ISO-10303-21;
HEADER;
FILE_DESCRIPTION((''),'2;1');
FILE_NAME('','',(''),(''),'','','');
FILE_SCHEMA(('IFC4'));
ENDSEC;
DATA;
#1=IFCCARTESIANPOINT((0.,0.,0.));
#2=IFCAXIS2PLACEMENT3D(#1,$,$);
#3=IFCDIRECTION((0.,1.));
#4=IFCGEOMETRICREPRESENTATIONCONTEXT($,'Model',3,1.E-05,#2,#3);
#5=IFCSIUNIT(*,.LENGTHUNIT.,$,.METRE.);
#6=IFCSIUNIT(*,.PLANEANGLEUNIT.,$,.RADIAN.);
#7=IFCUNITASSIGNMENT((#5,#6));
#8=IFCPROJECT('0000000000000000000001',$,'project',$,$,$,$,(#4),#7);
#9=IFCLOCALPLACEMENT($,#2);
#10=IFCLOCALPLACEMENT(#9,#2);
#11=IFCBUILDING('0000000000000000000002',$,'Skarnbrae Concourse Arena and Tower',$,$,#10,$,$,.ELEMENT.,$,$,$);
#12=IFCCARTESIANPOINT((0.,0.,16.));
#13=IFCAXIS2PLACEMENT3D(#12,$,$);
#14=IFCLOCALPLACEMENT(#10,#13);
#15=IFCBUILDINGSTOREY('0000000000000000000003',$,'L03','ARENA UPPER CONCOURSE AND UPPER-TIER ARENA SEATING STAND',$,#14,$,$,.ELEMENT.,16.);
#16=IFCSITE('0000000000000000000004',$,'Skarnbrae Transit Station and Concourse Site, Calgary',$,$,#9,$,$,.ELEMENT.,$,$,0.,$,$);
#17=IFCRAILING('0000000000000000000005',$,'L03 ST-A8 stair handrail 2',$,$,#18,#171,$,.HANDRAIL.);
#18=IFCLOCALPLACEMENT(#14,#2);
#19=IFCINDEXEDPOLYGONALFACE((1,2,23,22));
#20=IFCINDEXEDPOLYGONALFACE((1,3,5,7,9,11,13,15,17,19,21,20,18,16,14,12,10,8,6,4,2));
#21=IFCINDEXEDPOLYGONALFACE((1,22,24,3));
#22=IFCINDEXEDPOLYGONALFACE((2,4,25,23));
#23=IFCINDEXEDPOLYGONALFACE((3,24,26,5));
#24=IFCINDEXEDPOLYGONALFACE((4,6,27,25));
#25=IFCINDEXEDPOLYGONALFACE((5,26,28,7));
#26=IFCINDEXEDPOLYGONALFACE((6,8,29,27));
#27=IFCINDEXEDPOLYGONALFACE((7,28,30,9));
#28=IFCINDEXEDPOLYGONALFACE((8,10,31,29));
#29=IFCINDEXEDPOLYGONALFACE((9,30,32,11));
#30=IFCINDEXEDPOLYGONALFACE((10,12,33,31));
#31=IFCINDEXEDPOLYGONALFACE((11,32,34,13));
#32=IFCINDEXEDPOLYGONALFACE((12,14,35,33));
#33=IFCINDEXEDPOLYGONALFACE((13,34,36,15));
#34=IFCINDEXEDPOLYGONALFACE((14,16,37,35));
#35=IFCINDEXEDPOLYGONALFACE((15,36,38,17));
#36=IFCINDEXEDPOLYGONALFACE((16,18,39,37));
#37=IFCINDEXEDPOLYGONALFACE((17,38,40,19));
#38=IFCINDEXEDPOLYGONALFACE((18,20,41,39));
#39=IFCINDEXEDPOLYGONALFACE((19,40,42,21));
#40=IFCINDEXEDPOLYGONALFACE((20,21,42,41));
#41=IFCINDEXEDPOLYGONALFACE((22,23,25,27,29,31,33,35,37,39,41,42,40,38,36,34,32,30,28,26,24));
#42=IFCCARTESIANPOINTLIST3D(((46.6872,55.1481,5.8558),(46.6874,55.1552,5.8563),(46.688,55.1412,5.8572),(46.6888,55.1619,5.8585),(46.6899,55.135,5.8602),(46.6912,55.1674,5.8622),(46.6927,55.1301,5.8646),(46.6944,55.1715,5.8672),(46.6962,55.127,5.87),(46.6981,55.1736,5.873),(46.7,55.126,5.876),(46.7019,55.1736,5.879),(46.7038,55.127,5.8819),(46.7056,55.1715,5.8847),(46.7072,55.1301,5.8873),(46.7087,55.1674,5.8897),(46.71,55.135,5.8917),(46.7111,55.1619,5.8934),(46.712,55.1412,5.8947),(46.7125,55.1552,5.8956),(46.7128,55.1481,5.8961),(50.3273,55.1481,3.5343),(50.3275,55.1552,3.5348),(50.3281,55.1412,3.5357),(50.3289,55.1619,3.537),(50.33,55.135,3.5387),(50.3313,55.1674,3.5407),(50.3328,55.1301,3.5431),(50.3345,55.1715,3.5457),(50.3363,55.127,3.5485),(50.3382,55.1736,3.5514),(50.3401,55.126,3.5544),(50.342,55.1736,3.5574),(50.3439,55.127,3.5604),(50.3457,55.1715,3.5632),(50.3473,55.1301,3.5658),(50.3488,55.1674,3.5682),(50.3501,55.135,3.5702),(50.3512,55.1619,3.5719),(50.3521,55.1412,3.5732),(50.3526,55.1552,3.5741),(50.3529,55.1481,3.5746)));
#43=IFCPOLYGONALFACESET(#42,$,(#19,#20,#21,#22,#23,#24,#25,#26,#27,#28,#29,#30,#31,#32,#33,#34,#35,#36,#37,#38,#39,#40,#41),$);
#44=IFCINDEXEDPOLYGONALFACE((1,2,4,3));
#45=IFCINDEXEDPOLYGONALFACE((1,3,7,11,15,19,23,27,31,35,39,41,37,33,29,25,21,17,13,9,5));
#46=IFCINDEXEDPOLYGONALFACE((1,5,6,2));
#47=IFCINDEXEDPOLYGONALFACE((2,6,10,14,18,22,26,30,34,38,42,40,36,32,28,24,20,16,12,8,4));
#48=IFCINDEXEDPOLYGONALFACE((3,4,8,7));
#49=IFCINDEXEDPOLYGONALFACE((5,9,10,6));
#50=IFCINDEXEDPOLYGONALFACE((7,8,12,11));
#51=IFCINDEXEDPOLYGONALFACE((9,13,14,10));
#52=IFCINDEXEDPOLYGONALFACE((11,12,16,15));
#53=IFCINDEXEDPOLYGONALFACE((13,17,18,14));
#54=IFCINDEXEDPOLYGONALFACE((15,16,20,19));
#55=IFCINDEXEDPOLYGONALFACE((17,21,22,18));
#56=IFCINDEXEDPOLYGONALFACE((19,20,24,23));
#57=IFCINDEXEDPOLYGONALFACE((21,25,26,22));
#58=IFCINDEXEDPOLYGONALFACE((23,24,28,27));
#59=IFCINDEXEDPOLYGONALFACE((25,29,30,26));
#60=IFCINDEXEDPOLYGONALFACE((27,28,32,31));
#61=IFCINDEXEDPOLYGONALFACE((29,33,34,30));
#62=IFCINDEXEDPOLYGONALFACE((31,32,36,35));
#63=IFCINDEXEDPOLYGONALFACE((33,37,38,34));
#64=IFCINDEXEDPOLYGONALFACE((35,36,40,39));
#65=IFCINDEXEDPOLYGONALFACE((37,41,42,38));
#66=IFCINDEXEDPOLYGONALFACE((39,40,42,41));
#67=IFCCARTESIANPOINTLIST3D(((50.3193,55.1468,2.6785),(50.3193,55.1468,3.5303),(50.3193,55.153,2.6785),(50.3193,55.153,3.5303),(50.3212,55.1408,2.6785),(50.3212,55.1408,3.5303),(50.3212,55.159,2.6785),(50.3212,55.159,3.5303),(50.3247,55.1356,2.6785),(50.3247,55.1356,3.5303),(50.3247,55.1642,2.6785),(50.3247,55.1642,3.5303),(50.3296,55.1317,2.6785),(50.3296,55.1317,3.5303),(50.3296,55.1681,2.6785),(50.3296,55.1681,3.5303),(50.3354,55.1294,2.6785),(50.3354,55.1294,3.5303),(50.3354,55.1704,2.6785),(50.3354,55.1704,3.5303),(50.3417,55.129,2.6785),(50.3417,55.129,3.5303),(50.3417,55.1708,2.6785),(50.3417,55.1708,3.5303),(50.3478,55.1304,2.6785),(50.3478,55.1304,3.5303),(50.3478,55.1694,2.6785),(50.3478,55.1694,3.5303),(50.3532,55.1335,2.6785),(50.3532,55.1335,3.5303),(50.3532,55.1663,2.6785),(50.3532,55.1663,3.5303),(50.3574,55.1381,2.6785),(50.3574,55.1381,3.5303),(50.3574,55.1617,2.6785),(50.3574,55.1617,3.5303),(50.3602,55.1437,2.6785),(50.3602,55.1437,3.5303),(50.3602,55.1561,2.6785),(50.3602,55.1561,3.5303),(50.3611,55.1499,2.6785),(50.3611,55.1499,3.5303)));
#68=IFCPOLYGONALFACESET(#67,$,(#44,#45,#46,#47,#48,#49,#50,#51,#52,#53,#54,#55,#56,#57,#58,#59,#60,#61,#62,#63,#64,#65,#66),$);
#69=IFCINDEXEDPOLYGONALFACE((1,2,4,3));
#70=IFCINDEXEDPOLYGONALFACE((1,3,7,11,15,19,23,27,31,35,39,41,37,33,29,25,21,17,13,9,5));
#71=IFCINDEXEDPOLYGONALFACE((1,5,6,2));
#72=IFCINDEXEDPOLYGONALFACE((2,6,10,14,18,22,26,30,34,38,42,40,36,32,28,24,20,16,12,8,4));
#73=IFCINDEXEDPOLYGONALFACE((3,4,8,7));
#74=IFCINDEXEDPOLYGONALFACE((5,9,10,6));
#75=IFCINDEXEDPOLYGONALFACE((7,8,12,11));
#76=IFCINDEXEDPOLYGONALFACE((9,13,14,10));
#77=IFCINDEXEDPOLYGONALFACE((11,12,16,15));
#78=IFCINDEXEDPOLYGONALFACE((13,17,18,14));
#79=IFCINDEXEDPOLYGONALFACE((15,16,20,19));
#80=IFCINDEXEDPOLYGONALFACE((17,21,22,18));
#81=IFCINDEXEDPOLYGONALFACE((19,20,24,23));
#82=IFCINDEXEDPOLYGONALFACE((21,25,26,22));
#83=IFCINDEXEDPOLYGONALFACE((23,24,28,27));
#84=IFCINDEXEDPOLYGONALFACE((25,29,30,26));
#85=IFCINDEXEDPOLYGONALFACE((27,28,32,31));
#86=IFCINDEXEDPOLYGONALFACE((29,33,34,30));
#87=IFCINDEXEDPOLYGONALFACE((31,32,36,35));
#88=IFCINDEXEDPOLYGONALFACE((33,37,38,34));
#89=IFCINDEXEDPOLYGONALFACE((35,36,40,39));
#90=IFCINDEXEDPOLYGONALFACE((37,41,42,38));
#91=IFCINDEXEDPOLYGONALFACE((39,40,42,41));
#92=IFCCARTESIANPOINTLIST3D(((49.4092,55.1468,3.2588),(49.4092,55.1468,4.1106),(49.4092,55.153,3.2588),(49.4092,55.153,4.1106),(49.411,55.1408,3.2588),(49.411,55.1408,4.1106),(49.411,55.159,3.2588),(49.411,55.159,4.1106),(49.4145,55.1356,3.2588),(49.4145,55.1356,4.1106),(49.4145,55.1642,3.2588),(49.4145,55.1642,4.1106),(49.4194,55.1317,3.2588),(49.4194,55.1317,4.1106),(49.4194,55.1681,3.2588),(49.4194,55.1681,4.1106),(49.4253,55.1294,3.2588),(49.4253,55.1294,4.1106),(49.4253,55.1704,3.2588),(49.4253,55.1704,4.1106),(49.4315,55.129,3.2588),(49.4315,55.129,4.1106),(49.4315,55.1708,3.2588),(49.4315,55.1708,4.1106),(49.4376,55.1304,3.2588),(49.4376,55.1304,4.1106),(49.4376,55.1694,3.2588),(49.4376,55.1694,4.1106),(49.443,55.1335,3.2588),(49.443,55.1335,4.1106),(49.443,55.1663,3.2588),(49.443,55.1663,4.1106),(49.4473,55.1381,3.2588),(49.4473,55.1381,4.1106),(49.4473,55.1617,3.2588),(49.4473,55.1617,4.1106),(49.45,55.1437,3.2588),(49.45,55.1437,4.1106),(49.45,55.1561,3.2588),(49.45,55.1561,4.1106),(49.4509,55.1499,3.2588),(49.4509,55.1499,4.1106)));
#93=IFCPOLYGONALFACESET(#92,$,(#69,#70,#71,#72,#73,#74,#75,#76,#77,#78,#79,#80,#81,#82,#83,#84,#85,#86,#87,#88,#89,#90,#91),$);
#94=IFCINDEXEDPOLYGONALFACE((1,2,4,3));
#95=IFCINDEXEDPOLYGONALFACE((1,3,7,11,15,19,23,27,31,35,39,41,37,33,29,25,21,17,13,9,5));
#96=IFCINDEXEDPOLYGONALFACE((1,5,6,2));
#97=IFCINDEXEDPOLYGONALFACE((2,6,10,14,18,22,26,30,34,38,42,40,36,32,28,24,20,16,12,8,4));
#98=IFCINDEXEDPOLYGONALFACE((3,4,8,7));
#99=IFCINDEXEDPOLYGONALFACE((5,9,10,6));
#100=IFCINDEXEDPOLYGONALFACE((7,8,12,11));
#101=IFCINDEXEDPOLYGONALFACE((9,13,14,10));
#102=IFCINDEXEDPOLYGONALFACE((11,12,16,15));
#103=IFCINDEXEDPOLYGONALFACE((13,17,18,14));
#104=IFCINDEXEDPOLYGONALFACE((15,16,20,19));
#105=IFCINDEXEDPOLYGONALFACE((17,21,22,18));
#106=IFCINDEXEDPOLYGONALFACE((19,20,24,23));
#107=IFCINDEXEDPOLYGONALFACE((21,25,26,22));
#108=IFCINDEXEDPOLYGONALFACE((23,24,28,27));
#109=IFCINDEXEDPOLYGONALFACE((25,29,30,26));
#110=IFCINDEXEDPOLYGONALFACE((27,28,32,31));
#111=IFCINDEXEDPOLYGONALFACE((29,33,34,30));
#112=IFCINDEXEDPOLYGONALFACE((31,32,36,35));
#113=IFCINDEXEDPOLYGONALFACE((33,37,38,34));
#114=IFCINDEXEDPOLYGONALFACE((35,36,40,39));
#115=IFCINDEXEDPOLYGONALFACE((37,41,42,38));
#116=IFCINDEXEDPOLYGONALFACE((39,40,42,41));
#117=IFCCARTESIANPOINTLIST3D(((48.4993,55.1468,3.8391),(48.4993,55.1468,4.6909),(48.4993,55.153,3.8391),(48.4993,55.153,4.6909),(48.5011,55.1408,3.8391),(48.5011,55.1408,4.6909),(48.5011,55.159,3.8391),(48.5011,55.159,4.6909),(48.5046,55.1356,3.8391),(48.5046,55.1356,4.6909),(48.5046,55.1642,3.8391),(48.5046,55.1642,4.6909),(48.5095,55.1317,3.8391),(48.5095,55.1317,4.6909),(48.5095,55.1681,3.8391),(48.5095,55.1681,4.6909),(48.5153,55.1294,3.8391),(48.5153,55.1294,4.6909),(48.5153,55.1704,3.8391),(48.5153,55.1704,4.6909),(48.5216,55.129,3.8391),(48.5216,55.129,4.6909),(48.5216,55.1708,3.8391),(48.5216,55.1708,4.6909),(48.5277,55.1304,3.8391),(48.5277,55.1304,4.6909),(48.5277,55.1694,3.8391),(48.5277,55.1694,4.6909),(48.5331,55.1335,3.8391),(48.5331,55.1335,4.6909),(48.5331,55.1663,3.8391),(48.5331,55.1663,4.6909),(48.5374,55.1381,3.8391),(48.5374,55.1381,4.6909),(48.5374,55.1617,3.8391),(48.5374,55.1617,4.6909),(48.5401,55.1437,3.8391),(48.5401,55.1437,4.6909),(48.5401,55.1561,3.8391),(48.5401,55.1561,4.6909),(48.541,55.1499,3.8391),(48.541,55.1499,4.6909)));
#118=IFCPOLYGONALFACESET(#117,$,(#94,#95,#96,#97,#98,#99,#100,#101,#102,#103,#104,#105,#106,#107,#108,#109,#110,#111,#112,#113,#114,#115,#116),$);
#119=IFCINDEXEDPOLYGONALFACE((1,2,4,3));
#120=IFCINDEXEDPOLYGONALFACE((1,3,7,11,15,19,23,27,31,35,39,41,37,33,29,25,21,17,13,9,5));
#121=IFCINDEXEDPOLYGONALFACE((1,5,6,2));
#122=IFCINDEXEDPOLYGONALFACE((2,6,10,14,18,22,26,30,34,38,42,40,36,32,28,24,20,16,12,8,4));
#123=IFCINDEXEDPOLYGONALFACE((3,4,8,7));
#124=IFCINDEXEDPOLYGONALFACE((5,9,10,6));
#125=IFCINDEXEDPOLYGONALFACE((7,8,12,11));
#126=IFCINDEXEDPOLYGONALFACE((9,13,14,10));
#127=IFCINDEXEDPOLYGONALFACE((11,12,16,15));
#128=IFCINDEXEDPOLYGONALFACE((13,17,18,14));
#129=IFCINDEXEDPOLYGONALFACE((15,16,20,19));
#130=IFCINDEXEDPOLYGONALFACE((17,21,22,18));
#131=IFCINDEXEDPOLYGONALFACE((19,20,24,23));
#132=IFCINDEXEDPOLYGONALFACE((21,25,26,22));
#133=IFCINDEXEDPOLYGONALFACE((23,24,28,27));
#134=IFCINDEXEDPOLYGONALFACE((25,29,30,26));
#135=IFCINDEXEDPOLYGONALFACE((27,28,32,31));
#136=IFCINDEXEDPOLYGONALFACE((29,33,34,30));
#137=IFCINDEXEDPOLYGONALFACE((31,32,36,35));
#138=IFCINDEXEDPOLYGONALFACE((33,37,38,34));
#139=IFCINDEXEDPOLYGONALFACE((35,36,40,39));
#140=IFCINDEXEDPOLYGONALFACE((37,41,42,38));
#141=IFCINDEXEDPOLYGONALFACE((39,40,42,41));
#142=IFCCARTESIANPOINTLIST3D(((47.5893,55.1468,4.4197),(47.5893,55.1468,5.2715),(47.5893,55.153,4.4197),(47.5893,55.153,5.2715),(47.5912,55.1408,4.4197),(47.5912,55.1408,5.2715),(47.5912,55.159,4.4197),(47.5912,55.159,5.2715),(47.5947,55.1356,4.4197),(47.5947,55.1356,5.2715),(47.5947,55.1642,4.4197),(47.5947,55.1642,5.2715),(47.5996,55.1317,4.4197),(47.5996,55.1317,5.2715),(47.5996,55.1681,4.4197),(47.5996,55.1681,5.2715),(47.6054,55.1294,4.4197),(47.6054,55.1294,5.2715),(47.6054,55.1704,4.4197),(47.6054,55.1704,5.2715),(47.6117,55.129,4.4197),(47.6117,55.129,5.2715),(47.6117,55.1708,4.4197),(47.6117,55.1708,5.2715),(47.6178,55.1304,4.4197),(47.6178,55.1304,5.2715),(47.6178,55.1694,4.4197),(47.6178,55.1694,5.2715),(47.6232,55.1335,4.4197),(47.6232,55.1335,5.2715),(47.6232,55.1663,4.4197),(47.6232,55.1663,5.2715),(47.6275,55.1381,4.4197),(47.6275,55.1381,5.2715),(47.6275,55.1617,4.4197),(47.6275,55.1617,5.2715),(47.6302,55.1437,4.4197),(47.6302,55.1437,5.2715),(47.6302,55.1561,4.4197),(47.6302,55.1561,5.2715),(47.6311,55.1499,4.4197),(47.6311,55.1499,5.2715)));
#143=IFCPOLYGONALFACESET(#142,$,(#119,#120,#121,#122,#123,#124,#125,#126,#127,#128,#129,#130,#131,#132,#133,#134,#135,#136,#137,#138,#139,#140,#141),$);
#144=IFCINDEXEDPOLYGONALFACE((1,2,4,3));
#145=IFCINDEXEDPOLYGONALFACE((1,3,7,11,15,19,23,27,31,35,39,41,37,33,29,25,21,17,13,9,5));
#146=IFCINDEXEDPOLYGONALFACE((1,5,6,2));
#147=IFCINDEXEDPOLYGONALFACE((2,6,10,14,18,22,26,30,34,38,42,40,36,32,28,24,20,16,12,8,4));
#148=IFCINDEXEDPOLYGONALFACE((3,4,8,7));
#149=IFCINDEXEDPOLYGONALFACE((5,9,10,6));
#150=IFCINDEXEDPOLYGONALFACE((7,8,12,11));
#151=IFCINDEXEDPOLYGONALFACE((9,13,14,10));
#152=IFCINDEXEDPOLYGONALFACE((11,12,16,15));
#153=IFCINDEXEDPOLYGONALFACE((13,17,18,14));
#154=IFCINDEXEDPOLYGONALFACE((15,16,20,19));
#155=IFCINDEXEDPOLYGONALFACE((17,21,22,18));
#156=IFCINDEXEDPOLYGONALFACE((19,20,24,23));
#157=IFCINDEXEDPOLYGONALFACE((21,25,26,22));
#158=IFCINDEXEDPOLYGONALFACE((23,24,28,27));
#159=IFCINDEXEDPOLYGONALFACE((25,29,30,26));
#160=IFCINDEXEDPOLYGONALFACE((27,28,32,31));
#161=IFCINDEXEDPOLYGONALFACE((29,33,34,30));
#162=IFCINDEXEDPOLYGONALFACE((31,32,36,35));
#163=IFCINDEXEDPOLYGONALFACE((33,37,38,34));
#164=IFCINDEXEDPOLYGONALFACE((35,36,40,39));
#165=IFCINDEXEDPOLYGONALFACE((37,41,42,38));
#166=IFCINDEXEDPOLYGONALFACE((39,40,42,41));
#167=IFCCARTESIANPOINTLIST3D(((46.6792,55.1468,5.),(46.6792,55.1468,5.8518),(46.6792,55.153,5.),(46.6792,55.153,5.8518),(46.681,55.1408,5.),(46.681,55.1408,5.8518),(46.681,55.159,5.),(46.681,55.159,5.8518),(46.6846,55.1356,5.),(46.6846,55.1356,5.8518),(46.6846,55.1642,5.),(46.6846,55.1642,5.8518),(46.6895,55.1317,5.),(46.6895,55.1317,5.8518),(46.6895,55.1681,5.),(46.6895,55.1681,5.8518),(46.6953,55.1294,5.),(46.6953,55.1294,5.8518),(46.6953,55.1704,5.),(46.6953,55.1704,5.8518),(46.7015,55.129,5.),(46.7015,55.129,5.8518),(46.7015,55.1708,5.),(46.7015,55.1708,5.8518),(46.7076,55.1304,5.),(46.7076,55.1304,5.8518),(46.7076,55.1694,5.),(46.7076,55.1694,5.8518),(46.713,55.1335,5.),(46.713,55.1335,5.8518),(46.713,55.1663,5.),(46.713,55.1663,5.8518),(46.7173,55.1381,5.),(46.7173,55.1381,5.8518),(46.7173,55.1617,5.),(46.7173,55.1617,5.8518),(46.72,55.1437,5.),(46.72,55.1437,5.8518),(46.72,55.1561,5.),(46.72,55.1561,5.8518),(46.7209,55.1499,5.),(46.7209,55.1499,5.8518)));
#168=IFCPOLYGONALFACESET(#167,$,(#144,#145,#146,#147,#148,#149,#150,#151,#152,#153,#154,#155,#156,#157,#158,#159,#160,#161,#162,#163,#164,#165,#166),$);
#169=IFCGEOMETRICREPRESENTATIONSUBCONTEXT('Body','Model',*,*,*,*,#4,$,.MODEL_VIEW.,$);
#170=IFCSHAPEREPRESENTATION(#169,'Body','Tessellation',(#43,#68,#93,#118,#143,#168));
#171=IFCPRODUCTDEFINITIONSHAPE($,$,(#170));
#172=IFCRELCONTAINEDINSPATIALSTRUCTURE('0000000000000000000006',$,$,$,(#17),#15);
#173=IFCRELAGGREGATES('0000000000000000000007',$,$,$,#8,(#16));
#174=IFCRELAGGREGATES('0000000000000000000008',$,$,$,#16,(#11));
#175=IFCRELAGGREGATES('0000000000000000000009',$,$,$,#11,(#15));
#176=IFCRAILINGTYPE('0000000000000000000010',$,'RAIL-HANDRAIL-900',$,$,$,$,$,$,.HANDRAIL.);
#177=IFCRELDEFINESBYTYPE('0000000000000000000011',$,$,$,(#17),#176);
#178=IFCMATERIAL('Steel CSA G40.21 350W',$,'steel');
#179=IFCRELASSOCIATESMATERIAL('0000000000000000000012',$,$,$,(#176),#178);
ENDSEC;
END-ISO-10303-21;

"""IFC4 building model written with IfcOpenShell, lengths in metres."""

from ifc_helpers import new_model, si_unit, direction, frame, origin, origin_2d, place, context, subcontext, project, spatial, circle, extrude, material, type_object, element, save


model = new_model("IFC4")

# Units and contexts
model_context = context("Model", 3, precision=1e-05, world=origin(), true_north=direction((0.0, 1.0)))
body_context = subcontext(model_context, "Body", "Model", "MODEL_VIEW")
ifc_project = project(units=[si_unit("LENGTHUNIT", "METRE"), si_unit("PLANEANGLEUNIT", "RADIAN")], contexts=[model_context])

# Site, building, storey
site_placement = place(None, origin())
site = spatial("IfcSite", under=ifc_project, at=site_placement, Name="Skarnbrae Transit Station and Concourse Site, Calgary", CompositionType="ELEMENT", RefElevation=0.0)
building_placement = place(site_placement, origin())
building = spatial("IfcBuilding", under=site, at=building_placement, Name="Skarnbrae Concourse Arena and Tower", CompositionType="ELEMENT")
storey_placement = place(building_placement, frame((0.0, 0.0, 16.0)))
storey = spatial("IfcBuildingStorey", under=building, at=storey_placement, Name="L03", Description="ARENA UPPER CONCOURSE AND UPPER-TIER ARENA SEATING STAND", CompositionType="ELEMENT", Elevation=16.0)

# Shared definitions
ifc_material_1 = material(Name="Steel CSA G40.21 350W", Category="steel")

# Railing
railing_type_1 = type_object("IfcRailingType", Name="RAIL-HANDRAIL-900", PredefinedType="HANDRAIL", material=ifc_material_1)
railing_1_placement = place(storey_placement, frame((50.3401, 55.1499, 2.6785)))
element("IfcRailing", 1, at=railing_1_placement, inside=storey, type_object=railing_type_1, Name="L03 ST-A8 stair handrail 2", PredefinedType="HANDRAIL", context=body_context, shape_type="SweptSolid", body=[
    extrude(circle(Radius=0.0239, at=origin_2d()), frame((0.0, 0.0, 0.876), z_axis=(-0.843128, 0.0, 0.537713), x_axis=(0.0, -1.0, 0.0)), (0.0, 0.0, 1.0), 4.3174),
    extrude(circle(Radius=0.021, at=origin_2d()), origin(), (0.0, 0.0, 1.0), 0.8518),
    extrude(circle(Radius=0.021, at=origin_2d()), frame((-0.9102, 0.0, 0.5803)), (0.0, 0.0, 1.0), 0.8518),
    extrude(circle(Radius=0.021, at=origin_2d()), frame((-1.8201, 0.0, 1.1606)), (0.0, 0.0, 1.0), 0.8518),
    extrude(circle(Radius=0.021, at=origin_2d()), frame((-2.73, 0.0, 1.7412)), (0.0, 0.0, 1.0), 0.8518),
    extrude(circle(Radius=0.021, at=origin_2d()), frame((-3.6401, 0.0, 2.3215)), (0.0, 0.0, 1.0), 0.8518),
])

save(model, "model.ifc")
